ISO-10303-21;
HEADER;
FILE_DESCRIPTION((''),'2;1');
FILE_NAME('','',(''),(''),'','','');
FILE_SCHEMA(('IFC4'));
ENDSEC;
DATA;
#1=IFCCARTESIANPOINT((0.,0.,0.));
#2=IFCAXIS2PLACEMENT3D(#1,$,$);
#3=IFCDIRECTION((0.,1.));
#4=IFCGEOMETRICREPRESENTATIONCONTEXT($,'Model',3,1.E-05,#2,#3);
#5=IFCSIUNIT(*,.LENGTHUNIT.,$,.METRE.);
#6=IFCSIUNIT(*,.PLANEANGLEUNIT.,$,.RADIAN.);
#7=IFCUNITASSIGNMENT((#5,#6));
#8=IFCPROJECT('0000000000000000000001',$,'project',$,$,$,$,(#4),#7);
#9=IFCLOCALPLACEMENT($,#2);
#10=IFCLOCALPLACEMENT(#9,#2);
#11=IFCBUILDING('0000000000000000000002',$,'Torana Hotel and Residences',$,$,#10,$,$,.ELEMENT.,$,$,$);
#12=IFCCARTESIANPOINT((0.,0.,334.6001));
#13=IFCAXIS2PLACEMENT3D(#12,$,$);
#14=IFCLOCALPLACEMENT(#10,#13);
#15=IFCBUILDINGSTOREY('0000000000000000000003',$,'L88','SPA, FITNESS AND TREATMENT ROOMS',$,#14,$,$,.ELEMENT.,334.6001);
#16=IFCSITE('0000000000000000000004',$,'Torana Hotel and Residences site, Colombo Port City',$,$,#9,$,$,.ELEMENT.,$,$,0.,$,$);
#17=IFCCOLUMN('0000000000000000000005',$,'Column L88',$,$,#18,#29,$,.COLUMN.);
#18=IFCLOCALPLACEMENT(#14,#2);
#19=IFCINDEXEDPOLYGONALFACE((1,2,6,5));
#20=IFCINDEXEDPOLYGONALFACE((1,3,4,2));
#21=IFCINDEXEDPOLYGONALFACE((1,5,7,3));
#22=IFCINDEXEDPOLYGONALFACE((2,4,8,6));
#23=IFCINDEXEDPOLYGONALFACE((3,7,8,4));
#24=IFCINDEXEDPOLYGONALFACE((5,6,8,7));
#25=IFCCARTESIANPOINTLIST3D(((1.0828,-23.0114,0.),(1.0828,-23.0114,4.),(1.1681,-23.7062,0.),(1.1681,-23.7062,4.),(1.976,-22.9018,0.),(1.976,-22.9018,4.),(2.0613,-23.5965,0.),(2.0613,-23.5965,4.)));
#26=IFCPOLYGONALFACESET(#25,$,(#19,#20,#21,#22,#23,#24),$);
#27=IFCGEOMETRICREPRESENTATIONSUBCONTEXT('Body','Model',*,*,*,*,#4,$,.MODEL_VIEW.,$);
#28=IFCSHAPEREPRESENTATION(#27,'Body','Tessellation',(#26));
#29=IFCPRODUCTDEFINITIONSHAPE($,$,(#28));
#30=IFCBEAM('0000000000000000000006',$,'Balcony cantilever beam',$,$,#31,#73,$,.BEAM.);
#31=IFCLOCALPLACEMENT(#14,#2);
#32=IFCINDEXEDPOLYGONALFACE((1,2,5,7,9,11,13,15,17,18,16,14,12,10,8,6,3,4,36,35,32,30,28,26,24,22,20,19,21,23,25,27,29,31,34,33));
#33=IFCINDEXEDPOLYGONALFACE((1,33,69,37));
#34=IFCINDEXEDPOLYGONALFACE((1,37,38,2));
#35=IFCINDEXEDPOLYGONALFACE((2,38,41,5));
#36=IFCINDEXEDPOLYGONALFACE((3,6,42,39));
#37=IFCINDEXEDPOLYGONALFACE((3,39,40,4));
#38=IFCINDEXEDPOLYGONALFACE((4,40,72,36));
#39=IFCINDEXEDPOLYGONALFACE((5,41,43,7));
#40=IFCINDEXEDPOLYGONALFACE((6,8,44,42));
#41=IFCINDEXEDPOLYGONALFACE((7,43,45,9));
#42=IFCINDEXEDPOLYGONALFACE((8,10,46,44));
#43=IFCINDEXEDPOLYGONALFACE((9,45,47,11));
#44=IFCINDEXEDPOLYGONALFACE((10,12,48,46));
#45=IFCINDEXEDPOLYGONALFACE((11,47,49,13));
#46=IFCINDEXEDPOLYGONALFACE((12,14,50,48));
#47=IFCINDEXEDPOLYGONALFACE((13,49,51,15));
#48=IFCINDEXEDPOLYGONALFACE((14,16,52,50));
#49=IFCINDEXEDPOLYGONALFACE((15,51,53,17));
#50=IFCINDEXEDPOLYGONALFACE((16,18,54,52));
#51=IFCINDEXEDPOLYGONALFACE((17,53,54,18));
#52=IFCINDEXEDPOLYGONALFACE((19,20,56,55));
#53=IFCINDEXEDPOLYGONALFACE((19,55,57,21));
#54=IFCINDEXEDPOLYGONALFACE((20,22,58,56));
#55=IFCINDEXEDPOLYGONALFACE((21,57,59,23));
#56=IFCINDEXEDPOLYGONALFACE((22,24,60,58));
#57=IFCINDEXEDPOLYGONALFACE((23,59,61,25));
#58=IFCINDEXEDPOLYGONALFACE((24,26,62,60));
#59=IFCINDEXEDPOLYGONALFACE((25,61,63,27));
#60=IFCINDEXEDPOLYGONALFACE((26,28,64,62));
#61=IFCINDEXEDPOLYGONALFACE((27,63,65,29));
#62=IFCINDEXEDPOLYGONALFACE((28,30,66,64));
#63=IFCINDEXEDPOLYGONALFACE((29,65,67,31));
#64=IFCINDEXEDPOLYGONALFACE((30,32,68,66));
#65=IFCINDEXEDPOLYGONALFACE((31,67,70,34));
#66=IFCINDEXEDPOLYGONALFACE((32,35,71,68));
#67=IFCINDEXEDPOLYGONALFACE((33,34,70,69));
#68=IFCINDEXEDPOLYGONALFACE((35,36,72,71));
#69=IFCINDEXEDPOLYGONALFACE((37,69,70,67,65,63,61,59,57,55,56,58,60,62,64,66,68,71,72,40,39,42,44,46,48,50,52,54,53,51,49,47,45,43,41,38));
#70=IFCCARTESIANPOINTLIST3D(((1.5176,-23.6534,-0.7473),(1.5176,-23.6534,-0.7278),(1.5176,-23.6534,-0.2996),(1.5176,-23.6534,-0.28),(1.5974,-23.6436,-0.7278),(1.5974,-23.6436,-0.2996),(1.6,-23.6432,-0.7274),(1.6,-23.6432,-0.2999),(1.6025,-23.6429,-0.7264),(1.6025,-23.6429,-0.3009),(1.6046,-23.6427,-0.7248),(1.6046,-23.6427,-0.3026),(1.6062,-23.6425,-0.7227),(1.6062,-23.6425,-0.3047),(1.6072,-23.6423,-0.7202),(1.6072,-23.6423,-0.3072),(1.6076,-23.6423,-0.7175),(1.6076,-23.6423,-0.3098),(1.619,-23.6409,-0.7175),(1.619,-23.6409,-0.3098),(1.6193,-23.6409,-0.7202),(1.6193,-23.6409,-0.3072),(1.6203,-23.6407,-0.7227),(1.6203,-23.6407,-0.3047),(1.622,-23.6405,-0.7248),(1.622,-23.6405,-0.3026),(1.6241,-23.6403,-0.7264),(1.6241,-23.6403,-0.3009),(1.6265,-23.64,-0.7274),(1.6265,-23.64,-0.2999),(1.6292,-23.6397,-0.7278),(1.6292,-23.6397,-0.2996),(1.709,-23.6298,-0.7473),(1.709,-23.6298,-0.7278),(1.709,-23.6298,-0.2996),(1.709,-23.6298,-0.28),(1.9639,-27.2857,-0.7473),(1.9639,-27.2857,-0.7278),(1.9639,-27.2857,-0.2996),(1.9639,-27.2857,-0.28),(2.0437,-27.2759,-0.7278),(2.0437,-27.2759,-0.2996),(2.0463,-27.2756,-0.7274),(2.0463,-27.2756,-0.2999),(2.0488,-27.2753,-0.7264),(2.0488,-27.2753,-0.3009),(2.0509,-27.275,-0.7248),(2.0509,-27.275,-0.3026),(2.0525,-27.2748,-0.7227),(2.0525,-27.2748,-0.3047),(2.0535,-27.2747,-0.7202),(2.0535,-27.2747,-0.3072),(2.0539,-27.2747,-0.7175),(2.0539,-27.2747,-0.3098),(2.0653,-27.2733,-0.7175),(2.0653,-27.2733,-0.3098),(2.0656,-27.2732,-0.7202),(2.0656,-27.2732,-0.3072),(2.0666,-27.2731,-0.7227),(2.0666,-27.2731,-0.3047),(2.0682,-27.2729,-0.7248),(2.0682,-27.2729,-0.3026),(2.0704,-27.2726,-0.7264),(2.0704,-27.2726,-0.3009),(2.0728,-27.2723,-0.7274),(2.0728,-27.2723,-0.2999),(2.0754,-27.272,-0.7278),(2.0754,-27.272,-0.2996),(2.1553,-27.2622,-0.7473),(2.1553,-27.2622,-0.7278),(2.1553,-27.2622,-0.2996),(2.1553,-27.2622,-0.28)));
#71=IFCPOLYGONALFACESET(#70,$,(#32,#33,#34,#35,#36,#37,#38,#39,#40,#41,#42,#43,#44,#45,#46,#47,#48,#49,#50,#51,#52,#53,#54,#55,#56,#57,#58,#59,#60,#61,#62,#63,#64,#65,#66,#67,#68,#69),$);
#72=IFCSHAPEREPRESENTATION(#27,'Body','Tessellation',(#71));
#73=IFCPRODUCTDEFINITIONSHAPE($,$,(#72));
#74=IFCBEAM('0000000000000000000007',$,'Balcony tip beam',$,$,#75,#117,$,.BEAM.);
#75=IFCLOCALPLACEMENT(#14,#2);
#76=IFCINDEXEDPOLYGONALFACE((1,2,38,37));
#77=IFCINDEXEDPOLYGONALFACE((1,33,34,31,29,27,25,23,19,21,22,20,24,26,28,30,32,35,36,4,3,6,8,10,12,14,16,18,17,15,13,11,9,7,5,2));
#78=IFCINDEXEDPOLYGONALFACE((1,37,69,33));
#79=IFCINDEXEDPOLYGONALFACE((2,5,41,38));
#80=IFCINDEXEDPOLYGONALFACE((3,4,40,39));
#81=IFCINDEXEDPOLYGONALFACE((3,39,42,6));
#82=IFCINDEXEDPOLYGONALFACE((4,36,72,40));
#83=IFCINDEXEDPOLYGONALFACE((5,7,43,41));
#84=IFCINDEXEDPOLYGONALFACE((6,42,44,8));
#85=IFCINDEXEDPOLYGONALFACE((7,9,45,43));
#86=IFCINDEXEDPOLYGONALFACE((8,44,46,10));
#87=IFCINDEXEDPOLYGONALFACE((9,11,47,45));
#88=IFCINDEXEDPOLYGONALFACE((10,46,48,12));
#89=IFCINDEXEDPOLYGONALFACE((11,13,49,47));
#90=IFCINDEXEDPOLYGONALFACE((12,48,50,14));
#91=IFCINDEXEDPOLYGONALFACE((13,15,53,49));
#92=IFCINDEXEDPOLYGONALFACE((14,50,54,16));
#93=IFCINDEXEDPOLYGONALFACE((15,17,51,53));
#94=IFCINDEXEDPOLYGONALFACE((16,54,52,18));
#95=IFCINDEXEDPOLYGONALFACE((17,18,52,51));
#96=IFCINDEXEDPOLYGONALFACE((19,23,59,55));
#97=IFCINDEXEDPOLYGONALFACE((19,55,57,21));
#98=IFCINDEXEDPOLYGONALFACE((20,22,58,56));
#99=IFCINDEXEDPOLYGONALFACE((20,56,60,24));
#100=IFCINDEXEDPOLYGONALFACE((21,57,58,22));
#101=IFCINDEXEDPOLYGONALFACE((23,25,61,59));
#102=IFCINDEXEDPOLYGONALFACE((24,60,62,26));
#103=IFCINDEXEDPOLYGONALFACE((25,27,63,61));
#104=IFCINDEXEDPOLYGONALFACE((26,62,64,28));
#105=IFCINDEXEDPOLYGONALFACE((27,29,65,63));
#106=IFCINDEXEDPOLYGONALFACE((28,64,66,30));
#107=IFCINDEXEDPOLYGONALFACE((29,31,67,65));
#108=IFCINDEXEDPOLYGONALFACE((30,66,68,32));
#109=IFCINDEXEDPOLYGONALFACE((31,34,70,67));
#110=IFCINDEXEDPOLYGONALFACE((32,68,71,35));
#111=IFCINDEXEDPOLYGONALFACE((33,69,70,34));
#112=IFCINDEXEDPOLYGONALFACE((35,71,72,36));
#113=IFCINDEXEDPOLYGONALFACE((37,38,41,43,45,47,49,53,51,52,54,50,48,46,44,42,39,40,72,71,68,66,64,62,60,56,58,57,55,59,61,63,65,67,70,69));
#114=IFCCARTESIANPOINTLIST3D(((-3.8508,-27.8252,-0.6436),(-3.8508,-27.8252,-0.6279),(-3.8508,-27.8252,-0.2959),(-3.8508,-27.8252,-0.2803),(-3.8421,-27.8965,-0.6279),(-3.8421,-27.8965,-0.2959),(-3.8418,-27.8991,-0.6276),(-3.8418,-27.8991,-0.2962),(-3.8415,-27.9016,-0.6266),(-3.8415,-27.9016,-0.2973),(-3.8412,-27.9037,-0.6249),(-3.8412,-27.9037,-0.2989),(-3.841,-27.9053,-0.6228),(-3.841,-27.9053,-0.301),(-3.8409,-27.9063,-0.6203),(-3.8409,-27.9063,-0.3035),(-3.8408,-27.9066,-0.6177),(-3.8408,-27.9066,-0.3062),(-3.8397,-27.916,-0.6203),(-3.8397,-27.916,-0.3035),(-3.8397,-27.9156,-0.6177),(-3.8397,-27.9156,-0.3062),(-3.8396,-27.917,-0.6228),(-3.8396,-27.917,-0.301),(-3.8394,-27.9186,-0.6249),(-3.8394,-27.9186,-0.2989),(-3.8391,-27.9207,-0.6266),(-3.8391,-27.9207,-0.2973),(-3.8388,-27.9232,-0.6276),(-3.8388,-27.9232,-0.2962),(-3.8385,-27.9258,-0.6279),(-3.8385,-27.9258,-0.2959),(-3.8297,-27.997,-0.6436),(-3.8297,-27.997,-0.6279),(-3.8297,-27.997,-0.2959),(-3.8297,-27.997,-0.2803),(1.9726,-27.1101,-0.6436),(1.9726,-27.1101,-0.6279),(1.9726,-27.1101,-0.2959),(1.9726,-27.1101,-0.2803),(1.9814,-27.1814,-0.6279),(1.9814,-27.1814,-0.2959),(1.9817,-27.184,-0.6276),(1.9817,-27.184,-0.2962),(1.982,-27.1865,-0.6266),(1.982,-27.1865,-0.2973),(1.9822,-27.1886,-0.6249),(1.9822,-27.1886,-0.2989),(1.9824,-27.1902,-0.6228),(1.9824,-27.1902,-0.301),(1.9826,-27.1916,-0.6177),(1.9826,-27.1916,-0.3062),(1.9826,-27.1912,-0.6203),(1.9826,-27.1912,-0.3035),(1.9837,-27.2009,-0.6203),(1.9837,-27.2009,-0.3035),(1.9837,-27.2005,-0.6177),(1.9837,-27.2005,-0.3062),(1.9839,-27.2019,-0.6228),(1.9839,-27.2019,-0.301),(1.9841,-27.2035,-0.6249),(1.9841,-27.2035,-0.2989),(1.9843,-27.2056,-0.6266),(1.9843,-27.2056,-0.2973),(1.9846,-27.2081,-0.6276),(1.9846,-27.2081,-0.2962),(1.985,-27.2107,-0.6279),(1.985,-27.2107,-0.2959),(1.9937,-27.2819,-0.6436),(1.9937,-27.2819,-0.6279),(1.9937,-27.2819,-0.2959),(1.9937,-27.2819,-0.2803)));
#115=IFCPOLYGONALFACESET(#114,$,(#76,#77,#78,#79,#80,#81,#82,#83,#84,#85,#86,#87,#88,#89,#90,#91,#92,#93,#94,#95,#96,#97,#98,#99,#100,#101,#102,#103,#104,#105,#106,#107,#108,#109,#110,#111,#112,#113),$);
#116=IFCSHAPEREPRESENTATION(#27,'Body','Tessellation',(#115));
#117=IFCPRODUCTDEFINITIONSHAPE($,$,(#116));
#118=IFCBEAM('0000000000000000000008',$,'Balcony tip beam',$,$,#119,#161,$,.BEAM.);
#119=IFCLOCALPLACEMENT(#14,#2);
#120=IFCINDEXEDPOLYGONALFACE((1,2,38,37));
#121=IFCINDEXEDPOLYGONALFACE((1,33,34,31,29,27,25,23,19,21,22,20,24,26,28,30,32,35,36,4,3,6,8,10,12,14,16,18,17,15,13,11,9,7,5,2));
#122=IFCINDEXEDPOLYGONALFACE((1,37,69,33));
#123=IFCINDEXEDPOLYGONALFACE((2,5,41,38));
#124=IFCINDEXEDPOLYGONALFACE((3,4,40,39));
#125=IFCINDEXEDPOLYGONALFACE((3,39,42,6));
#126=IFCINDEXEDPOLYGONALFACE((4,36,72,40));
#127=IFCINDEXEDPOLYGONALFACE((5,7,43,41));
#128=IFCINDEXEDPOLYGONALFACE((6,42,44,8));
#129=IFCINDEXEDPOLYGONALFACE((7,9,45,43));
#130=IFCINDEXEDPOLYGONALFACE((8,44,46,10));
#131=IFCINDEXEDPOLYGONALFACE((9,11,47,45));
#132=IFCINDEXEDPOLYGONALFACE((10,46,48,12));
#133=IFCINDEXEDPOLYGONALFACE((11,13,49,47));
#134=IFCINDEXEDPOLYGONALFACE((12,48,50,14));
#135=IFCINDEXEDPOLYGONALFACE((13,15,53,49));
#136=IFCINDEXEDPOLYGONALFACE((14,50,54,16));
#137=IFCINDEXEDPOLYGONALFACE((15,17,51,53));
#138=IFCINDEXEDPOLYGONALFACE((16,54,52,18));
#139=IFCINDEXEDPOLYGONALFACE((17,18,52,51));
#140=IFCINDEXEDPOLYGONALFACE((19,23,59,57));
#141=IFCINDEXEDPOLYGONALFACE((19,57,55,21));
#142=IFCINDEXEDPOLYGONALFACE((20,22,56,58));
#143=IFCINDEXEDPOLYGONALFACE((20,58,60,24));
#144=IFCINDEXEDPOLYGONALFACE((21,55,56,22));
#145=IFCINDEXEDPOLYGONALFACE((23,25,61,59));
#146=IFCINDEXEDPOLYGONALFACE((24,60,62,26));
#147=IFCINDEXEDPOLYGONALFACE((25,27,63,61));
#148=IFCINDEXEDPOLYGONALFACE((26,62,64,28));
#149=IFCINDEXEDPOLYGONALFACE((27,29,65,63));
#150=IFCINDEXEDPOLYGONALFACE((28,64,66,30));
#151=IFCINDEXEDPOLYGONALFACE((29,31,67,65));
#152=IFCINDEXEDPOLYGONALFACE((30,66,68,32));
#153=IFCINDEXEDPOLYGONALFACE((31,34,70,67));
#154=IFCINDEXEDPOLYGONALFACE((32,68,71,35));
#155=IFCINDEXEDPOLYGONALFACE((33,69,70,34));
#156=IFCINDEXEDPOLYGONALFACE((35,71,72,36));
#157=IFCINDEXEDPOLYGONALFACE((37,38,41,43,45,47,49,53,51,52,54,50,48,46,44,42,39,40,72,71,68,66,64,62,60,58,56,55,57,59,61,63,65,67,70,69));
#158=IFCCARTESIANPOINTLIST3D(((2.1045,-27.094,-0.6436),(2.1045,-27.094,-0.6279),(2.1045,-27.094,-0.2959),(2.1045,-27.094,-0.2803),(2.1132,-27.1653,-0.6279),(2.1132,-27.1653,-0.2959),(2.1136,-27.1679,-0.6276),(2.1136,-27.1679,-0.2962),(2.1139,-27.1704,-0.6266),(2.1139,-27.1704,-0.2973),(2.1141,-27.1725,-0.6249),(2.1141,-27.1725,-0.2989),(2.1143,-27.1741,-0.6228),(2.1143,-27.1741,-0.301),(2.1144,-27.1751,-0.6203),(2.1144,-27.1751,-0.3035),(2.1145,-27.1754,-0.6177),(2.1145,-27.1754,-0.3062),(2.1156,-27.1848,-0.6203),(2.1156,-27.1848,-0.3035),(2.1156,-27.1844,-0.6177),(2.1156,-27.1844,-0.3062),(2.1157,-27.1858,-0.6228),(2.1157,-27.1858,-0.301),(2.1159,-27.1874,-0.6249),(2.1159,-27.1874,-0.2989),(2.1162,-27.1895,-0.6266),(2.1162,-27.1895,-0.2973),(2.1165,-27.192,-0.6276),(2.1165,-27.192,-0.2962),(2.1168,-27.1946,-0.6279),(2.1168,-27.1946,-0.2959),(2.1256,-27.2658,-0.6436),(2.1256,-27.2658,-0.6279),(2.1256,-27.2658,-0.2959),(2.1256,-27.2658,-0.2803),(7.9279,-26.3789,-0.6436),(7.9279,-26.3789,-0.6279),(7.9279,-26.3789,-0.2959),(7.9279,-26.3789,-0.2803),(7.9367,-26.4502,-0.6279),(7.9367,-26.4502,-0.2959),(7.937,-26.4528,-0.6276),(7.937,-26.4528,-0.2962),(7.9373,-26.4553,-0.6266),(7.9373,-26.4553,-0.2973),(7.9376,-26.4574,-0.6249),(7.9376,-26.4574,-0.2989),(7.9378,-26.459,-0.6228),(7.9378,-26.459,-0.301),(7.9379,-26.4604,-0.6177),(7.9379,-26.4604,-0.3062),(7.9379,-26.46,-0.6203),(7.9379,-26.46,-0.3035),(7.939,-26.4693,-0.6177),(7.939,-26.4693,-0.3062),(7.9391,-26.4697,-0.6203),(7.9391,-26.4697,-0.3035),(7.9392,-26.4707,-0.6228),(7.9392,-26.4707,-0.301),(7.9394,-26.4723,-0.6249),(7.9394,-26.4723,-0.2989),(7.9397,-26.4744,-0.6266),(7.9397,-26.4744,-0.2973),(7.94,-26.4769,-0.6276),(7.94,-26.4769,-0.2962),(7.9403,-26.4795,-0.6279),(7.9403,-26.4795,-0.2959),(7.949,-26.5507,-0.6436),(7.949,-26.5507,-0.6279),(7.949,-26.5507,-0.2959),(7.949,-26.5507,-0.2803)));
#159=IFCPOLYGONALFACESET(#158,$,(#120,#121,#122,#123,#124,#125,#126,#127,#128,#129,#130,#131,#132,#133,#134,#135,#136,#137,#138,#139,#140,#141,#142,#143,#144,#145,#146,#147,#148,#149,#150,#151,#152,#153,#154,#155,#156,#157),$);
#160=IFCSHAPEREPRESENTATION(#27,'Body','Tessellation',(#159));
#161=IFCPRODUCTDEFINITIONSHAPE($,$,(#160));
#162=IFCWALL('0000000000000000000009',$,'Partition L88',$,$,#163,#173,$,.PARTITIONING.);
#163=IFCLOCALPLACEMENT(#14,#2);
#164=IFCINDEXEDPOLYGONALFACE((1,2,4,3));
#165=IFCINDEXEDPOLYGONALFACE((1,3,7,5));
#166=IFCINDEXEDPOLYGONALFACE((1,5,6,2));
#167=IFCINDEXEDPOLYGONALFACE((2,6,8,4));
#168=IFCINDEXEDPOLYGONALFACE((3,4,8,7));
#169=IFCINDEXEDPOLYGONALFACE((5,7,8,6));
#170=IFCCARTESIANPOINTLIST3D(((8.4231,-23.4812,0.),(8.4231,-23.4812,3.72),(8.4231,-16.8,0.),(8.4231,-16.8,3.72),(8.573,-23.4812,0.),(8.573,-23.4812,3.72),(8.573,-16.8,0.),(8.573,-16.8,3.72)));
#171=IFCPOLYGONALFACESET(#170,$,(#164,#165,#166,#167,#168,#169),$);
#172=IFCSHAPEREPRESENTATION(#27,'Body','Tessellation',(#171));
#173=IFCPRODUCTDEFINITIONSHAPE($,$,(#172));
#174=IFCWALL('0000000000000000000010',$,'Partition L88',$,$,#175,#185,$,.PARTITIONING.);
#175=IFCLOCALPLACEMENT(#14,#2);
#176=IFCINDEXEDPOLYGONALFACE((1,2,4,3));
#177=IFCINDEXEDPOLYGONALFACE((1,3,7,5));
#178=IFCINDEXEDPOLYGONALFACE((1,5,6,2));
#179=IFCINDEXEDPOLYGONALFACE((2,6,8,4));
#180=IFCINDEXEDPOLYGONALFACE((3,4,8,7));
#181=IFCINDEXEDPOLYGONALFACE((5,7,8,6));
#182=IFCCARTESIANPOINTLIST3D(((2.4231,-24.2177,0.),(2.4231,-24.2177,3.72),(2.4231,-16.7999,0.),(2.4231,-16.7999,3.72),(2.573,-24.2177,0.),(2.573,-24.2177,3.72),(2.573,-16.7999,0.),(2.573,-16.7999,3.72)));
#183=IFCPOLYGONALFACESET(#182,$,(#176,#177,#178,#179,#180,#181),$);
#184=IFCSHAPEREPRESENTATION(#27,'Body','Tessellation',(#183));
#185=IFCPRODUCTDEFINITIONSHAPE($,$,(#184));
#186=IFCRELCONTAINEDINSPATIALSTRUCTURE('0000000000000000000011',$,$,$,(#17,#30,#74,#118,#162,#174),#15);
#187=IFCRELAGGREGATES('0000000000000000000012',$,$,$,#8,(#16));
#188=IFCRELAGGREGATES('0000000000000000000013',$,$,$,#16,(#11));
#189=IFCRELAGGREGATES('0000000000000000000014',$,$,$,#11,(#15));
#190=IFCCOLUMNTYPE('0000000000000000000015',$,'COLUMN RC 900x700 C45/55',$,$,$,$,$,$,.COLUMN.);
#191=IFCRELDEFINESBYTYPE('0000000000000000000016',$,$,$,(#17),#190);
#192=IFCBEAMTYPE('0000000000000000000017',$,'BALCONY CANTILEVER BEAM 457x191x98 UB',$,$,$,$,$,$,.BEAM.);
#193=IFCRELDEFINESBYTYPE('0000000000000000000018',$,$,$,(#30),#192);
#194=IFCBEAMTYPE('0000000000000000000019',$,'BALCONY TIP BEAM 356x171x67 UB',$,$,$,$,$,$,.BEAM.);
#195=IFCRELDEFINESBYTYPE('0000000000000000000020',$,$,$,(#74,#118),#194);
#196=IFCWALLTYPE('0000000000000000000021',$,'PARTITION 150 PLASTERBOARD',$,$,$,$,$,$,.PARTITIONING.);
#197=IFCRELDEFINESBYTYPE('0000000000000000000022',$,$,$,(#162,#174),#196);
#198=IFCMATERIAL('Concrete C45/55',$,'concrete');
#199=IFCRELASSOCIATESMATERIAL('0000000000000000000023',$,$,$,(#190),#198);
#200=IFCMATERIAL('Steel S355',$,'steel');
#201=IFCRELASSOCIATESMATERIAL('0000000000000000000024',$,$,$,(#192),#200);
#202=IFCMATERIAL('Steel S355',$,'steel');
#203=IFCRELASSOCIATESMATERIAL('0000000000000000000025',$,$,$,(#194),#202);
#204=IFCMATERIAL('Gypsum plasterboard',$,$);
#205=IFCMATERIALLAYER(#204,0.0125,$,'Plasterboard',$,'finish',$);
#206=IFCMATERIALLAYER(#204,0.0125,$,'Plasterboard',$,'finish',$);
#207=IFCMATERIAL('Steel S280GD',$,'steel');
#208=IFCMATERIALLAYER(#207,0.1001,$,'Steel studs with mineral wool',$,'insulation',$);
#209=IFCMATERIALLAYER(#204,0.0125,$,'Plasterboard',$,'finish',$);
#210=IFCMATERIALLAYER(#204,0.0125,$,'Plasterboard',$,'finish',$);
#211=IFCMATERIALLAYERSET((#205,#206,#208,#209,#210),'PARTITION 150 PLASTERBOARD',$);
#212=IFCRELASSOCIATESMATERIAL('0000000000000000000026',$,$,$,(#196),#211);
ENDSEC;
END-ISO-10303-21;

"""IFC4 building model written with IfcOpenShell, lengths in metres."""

from ifc_helpers import new_model, si_unit, direction, frame, frame_2d, origin, origin_2d, place, context, subcontext, project, spatial, rectangle, i_section, extrude, material, layer, layer_set, material_profile, profile_set, type_object, element, save


model = new_model("IFC4")

# Units and contexts
model_context = context("Model", 3, precision=1e-05, world=origin(), true_north=direction((0.0, 1.0)))
body_context = subcontext(model_context, "Body", "Model", "MODEL_VIEW")
ifc_project = project(units=[si_unit("LENGTHUNIT", "METRE"), si_unit("PLANEANGLEUNIT", "RADIAN")], contexts=[model_context])

# Site, building, storey
site_placement = place(None, origin())
site = spatial("IfcSite", under=ifc_project, at=site_placement, Name="Torana Hotel and Residences site, Colombo Port City", CompositionType="ELEMENT", RefElevation=0.0)
building_placement = place(site_placement, origin())
building = spatial("IfcBuilding", under=site, at=building_placement, Name="Torana Hotel and Residences", CompositionType="ELEMENT")
storey_placement = place(building_placement, frame((0.0, 0.0, 334.6001)))
storey = spatial("IfcBuildingStorey", under=building, at=storey_placement, Name="L88", Description="SPA, FITNESS AND TREATMENT ROOMS", CompositionType="ELEMENT", Elevation=334.6001)

# Column
ifc_material_1 = material(Name="Concrete C45/55", Category="concrete")
ifc_material_profile_1 = material_profile(ifc_material_1, rectangle(XDim=0.8999, YDim=0.7, at=origin_2d()), Name="RC 900x700")
ifc_profile_set_1 = profile_set([ifc_material_profile_1], Name="Concrete C45/55")
column_type = type_object("IfcColumnType", Name="COLUMN RC 900x700 C45/55", PredefinedType="COLUMN", material=ifc_profile_set_1)
column_placement = place(storey_placement, frame((1.572, -23.304, 0.0), z_axis=(0.0, 0.0, 1.0), x_axis=(0.992546, 0.121869, 0.0)))
element("IfcColumn", 1, at=column_placement, inside=storey, type_object=column_type, Name="Column L88", PredefinedType="COLUMN", context=body_context, shape_type="SweptSolid", body=[
    extrude(rectangle(XDim=0.8999, YDim=0.7, at=origin_2d()), origin(), (0.0, 0.0, 1.0), 4.0),
])

# Beams
ifc_material_2 = material(Name="Steel S355", Category="steel")
ifc_material_profile_2 = material_profile(ifc_material_2, i_section(OverallWidth=0.1929, OverallDepth=0.4673, WebThickness=0.0115, FlangeThickness=0.0195, FilletRadius=0.0103, at=origin_2d()), Name="457x191x98 UB")
ifc_profile_set_2 = profile_set([ifc_material_profile_2], Name="Steel S355")
beam_type_1 = type_object("IfcBeamType", Name="BALCONY CANTILEVER BEAM 457x191x98 UB", PredefinedType="BEAM", material=ifc_profile_set_2)
beam_placement = place(storey_placement, frame((1.6133, -23.6416, -0.5137), z_axis=(0.121949, -0.992536, 0.0), x_axis=(0.992536, 0.121949, 0.0)))
element("IfcBeam", 2, at=beam_placement, inside=storey, type_object=beam_type_1, Name="Balcony cantilever beam", PredefinedType="BEAM", context=body_context, shape_type="SweptSolid", body=[
    extrude(i_section(OverallWidth=0.1929, OverallDepth=0.4673, WebThickness=0.0115, FlangeThickness=0.0195, FilletRadius=0.0103, at=origin_2d()), origin(), (0.0, 0.0, 1.0), 3.6597),
])
ifc_material_3 = material(Name="Steel S355", Category="steel")
ifc_material_profile_3 = material_profile(ifc_material_3, i_section(OverallWidth=0.1731, OverallDepth=0.3633, WebThickness=0.009, FlangeThickness=0.0156, FilletRadius=0.0103, at=origin_2d()), Name="356x171x67 UB")
ifc_profile_set_3 = profile_set([ifc_material_profile_3], Name="Steel S355")
beam_type_2 = type_object("IfcBeamType", Name="BALCONY TIP BEAM 356x171x67 UB", PredefinedType="BEAM", material=ifc_profile_set_3)
for number, where, z_axis, x_axis, name in (
    (3, (1.9832, -27.196, -0.4619), (-0.992545, -0.121878, 0.0), (0.121878, -0.992545, 0.0), "Balcony tip beam"),
    (4, (7.9385, -26.4648, -0.4619), (-0.992545, -0.121878, 0.0), (0.121878, -0.992545, 0.0), "Balcony tip beam"),
):
    element("IfcBeam", number, at=place(storey_placement, frame(where, z_axis=z_axis, x_axis=x_axis)), inside=storey, type_object=beam_type_2, Name=name, PredefinedType="BEAM", context=body_context, shape_type="SweptSolid", body=[
        extrude(i_section(OverallWidth=0.1731, OverallDepth=0.3633, WebThickness=0.009, FlangeThickness=0.0156, FilletRadius=0.0103, at=origin_2d()), origin(), (0.0, 0.0, 1.0), 5.8672),
    ])

# Walls
ifc_material_4 = material(Name="Gypsum plasterboard")
ifc_layer_1 = layer(ifc_material_4, 0.0125, Name="Plasterboard", Category="finish")
ifc_layer_2 = layer(ifc_material_4, 0.0125, Name="Plasterboard", Category="finish")
ifc_material_5 = material(Name="Steel S280GD", Category="steel")
ifc_layer_3 = layer(ifc_material_5, 0.1001, Name="Steel studs with mineral wool", Category="insulation")
ifc_layer_4 = layer(ifc_material_4, 0.0125, Name="Plasterboard", Category="finish")
ifc_layer_5 = layer(ifc_material_4, 0.0125, Name="Plasterboard", Category="finish")
ifc_layer_set_1 = layer_set([ifc_layer_1, ifc_layer_2, ifc_layer_3, ifc_layer_4, ifc_layer_5], Name="PARTITION 150 PLASTERBOARD")
wall_type_1 = type_object("IfcWallType", Name="PARTITION 150 PLASTERBOARD", PredefinedType="PARTITIONING", material=ifc_layer_set_1)
wall_1_placement = place(storey_placement, frame((8.498, -23.4812, 0.0), z_axis=(0.0, 0.0, 1.0), x_axis=(0.0, 1.0, 0.0)))
element("IfcWall", 5, at=wall_1_placement, inside=storey, type_object=wall_type_1, Name="Partition L88", PredefinedType="PARTITIONING", context=body_context, shape_type="SweptSolid", body=[
    extrude(rectangle(XDim=6.6812, YDim=0.1499, at=frame_2d((3.3406, 0.0))), origin(), (0.0, 0.0, 1.0), 3.72),
])
wall_2_placement = place(storey_placement, frame((2.498, -24.2178, 0.0), z_axis=(0.0, 0.0, 1.0), x_axis=(0.0, 1.0, 0.0)))
element("IfcWall", 6, at=wall_2_placement, inside=storey, type_object=wall_type_1, Name="Partition L88", PredefinedType="PARTITIONING", context=body_context, shape_type="SweptSolid", body=[
    extrude(rectangle(XDim=7.4177, YDim=0.1499, at=frame_2d((3.709, 0.0))), origin(), (0.0, 0.0, 1.0), 3.72),
])

save(model, "model.ifc")
